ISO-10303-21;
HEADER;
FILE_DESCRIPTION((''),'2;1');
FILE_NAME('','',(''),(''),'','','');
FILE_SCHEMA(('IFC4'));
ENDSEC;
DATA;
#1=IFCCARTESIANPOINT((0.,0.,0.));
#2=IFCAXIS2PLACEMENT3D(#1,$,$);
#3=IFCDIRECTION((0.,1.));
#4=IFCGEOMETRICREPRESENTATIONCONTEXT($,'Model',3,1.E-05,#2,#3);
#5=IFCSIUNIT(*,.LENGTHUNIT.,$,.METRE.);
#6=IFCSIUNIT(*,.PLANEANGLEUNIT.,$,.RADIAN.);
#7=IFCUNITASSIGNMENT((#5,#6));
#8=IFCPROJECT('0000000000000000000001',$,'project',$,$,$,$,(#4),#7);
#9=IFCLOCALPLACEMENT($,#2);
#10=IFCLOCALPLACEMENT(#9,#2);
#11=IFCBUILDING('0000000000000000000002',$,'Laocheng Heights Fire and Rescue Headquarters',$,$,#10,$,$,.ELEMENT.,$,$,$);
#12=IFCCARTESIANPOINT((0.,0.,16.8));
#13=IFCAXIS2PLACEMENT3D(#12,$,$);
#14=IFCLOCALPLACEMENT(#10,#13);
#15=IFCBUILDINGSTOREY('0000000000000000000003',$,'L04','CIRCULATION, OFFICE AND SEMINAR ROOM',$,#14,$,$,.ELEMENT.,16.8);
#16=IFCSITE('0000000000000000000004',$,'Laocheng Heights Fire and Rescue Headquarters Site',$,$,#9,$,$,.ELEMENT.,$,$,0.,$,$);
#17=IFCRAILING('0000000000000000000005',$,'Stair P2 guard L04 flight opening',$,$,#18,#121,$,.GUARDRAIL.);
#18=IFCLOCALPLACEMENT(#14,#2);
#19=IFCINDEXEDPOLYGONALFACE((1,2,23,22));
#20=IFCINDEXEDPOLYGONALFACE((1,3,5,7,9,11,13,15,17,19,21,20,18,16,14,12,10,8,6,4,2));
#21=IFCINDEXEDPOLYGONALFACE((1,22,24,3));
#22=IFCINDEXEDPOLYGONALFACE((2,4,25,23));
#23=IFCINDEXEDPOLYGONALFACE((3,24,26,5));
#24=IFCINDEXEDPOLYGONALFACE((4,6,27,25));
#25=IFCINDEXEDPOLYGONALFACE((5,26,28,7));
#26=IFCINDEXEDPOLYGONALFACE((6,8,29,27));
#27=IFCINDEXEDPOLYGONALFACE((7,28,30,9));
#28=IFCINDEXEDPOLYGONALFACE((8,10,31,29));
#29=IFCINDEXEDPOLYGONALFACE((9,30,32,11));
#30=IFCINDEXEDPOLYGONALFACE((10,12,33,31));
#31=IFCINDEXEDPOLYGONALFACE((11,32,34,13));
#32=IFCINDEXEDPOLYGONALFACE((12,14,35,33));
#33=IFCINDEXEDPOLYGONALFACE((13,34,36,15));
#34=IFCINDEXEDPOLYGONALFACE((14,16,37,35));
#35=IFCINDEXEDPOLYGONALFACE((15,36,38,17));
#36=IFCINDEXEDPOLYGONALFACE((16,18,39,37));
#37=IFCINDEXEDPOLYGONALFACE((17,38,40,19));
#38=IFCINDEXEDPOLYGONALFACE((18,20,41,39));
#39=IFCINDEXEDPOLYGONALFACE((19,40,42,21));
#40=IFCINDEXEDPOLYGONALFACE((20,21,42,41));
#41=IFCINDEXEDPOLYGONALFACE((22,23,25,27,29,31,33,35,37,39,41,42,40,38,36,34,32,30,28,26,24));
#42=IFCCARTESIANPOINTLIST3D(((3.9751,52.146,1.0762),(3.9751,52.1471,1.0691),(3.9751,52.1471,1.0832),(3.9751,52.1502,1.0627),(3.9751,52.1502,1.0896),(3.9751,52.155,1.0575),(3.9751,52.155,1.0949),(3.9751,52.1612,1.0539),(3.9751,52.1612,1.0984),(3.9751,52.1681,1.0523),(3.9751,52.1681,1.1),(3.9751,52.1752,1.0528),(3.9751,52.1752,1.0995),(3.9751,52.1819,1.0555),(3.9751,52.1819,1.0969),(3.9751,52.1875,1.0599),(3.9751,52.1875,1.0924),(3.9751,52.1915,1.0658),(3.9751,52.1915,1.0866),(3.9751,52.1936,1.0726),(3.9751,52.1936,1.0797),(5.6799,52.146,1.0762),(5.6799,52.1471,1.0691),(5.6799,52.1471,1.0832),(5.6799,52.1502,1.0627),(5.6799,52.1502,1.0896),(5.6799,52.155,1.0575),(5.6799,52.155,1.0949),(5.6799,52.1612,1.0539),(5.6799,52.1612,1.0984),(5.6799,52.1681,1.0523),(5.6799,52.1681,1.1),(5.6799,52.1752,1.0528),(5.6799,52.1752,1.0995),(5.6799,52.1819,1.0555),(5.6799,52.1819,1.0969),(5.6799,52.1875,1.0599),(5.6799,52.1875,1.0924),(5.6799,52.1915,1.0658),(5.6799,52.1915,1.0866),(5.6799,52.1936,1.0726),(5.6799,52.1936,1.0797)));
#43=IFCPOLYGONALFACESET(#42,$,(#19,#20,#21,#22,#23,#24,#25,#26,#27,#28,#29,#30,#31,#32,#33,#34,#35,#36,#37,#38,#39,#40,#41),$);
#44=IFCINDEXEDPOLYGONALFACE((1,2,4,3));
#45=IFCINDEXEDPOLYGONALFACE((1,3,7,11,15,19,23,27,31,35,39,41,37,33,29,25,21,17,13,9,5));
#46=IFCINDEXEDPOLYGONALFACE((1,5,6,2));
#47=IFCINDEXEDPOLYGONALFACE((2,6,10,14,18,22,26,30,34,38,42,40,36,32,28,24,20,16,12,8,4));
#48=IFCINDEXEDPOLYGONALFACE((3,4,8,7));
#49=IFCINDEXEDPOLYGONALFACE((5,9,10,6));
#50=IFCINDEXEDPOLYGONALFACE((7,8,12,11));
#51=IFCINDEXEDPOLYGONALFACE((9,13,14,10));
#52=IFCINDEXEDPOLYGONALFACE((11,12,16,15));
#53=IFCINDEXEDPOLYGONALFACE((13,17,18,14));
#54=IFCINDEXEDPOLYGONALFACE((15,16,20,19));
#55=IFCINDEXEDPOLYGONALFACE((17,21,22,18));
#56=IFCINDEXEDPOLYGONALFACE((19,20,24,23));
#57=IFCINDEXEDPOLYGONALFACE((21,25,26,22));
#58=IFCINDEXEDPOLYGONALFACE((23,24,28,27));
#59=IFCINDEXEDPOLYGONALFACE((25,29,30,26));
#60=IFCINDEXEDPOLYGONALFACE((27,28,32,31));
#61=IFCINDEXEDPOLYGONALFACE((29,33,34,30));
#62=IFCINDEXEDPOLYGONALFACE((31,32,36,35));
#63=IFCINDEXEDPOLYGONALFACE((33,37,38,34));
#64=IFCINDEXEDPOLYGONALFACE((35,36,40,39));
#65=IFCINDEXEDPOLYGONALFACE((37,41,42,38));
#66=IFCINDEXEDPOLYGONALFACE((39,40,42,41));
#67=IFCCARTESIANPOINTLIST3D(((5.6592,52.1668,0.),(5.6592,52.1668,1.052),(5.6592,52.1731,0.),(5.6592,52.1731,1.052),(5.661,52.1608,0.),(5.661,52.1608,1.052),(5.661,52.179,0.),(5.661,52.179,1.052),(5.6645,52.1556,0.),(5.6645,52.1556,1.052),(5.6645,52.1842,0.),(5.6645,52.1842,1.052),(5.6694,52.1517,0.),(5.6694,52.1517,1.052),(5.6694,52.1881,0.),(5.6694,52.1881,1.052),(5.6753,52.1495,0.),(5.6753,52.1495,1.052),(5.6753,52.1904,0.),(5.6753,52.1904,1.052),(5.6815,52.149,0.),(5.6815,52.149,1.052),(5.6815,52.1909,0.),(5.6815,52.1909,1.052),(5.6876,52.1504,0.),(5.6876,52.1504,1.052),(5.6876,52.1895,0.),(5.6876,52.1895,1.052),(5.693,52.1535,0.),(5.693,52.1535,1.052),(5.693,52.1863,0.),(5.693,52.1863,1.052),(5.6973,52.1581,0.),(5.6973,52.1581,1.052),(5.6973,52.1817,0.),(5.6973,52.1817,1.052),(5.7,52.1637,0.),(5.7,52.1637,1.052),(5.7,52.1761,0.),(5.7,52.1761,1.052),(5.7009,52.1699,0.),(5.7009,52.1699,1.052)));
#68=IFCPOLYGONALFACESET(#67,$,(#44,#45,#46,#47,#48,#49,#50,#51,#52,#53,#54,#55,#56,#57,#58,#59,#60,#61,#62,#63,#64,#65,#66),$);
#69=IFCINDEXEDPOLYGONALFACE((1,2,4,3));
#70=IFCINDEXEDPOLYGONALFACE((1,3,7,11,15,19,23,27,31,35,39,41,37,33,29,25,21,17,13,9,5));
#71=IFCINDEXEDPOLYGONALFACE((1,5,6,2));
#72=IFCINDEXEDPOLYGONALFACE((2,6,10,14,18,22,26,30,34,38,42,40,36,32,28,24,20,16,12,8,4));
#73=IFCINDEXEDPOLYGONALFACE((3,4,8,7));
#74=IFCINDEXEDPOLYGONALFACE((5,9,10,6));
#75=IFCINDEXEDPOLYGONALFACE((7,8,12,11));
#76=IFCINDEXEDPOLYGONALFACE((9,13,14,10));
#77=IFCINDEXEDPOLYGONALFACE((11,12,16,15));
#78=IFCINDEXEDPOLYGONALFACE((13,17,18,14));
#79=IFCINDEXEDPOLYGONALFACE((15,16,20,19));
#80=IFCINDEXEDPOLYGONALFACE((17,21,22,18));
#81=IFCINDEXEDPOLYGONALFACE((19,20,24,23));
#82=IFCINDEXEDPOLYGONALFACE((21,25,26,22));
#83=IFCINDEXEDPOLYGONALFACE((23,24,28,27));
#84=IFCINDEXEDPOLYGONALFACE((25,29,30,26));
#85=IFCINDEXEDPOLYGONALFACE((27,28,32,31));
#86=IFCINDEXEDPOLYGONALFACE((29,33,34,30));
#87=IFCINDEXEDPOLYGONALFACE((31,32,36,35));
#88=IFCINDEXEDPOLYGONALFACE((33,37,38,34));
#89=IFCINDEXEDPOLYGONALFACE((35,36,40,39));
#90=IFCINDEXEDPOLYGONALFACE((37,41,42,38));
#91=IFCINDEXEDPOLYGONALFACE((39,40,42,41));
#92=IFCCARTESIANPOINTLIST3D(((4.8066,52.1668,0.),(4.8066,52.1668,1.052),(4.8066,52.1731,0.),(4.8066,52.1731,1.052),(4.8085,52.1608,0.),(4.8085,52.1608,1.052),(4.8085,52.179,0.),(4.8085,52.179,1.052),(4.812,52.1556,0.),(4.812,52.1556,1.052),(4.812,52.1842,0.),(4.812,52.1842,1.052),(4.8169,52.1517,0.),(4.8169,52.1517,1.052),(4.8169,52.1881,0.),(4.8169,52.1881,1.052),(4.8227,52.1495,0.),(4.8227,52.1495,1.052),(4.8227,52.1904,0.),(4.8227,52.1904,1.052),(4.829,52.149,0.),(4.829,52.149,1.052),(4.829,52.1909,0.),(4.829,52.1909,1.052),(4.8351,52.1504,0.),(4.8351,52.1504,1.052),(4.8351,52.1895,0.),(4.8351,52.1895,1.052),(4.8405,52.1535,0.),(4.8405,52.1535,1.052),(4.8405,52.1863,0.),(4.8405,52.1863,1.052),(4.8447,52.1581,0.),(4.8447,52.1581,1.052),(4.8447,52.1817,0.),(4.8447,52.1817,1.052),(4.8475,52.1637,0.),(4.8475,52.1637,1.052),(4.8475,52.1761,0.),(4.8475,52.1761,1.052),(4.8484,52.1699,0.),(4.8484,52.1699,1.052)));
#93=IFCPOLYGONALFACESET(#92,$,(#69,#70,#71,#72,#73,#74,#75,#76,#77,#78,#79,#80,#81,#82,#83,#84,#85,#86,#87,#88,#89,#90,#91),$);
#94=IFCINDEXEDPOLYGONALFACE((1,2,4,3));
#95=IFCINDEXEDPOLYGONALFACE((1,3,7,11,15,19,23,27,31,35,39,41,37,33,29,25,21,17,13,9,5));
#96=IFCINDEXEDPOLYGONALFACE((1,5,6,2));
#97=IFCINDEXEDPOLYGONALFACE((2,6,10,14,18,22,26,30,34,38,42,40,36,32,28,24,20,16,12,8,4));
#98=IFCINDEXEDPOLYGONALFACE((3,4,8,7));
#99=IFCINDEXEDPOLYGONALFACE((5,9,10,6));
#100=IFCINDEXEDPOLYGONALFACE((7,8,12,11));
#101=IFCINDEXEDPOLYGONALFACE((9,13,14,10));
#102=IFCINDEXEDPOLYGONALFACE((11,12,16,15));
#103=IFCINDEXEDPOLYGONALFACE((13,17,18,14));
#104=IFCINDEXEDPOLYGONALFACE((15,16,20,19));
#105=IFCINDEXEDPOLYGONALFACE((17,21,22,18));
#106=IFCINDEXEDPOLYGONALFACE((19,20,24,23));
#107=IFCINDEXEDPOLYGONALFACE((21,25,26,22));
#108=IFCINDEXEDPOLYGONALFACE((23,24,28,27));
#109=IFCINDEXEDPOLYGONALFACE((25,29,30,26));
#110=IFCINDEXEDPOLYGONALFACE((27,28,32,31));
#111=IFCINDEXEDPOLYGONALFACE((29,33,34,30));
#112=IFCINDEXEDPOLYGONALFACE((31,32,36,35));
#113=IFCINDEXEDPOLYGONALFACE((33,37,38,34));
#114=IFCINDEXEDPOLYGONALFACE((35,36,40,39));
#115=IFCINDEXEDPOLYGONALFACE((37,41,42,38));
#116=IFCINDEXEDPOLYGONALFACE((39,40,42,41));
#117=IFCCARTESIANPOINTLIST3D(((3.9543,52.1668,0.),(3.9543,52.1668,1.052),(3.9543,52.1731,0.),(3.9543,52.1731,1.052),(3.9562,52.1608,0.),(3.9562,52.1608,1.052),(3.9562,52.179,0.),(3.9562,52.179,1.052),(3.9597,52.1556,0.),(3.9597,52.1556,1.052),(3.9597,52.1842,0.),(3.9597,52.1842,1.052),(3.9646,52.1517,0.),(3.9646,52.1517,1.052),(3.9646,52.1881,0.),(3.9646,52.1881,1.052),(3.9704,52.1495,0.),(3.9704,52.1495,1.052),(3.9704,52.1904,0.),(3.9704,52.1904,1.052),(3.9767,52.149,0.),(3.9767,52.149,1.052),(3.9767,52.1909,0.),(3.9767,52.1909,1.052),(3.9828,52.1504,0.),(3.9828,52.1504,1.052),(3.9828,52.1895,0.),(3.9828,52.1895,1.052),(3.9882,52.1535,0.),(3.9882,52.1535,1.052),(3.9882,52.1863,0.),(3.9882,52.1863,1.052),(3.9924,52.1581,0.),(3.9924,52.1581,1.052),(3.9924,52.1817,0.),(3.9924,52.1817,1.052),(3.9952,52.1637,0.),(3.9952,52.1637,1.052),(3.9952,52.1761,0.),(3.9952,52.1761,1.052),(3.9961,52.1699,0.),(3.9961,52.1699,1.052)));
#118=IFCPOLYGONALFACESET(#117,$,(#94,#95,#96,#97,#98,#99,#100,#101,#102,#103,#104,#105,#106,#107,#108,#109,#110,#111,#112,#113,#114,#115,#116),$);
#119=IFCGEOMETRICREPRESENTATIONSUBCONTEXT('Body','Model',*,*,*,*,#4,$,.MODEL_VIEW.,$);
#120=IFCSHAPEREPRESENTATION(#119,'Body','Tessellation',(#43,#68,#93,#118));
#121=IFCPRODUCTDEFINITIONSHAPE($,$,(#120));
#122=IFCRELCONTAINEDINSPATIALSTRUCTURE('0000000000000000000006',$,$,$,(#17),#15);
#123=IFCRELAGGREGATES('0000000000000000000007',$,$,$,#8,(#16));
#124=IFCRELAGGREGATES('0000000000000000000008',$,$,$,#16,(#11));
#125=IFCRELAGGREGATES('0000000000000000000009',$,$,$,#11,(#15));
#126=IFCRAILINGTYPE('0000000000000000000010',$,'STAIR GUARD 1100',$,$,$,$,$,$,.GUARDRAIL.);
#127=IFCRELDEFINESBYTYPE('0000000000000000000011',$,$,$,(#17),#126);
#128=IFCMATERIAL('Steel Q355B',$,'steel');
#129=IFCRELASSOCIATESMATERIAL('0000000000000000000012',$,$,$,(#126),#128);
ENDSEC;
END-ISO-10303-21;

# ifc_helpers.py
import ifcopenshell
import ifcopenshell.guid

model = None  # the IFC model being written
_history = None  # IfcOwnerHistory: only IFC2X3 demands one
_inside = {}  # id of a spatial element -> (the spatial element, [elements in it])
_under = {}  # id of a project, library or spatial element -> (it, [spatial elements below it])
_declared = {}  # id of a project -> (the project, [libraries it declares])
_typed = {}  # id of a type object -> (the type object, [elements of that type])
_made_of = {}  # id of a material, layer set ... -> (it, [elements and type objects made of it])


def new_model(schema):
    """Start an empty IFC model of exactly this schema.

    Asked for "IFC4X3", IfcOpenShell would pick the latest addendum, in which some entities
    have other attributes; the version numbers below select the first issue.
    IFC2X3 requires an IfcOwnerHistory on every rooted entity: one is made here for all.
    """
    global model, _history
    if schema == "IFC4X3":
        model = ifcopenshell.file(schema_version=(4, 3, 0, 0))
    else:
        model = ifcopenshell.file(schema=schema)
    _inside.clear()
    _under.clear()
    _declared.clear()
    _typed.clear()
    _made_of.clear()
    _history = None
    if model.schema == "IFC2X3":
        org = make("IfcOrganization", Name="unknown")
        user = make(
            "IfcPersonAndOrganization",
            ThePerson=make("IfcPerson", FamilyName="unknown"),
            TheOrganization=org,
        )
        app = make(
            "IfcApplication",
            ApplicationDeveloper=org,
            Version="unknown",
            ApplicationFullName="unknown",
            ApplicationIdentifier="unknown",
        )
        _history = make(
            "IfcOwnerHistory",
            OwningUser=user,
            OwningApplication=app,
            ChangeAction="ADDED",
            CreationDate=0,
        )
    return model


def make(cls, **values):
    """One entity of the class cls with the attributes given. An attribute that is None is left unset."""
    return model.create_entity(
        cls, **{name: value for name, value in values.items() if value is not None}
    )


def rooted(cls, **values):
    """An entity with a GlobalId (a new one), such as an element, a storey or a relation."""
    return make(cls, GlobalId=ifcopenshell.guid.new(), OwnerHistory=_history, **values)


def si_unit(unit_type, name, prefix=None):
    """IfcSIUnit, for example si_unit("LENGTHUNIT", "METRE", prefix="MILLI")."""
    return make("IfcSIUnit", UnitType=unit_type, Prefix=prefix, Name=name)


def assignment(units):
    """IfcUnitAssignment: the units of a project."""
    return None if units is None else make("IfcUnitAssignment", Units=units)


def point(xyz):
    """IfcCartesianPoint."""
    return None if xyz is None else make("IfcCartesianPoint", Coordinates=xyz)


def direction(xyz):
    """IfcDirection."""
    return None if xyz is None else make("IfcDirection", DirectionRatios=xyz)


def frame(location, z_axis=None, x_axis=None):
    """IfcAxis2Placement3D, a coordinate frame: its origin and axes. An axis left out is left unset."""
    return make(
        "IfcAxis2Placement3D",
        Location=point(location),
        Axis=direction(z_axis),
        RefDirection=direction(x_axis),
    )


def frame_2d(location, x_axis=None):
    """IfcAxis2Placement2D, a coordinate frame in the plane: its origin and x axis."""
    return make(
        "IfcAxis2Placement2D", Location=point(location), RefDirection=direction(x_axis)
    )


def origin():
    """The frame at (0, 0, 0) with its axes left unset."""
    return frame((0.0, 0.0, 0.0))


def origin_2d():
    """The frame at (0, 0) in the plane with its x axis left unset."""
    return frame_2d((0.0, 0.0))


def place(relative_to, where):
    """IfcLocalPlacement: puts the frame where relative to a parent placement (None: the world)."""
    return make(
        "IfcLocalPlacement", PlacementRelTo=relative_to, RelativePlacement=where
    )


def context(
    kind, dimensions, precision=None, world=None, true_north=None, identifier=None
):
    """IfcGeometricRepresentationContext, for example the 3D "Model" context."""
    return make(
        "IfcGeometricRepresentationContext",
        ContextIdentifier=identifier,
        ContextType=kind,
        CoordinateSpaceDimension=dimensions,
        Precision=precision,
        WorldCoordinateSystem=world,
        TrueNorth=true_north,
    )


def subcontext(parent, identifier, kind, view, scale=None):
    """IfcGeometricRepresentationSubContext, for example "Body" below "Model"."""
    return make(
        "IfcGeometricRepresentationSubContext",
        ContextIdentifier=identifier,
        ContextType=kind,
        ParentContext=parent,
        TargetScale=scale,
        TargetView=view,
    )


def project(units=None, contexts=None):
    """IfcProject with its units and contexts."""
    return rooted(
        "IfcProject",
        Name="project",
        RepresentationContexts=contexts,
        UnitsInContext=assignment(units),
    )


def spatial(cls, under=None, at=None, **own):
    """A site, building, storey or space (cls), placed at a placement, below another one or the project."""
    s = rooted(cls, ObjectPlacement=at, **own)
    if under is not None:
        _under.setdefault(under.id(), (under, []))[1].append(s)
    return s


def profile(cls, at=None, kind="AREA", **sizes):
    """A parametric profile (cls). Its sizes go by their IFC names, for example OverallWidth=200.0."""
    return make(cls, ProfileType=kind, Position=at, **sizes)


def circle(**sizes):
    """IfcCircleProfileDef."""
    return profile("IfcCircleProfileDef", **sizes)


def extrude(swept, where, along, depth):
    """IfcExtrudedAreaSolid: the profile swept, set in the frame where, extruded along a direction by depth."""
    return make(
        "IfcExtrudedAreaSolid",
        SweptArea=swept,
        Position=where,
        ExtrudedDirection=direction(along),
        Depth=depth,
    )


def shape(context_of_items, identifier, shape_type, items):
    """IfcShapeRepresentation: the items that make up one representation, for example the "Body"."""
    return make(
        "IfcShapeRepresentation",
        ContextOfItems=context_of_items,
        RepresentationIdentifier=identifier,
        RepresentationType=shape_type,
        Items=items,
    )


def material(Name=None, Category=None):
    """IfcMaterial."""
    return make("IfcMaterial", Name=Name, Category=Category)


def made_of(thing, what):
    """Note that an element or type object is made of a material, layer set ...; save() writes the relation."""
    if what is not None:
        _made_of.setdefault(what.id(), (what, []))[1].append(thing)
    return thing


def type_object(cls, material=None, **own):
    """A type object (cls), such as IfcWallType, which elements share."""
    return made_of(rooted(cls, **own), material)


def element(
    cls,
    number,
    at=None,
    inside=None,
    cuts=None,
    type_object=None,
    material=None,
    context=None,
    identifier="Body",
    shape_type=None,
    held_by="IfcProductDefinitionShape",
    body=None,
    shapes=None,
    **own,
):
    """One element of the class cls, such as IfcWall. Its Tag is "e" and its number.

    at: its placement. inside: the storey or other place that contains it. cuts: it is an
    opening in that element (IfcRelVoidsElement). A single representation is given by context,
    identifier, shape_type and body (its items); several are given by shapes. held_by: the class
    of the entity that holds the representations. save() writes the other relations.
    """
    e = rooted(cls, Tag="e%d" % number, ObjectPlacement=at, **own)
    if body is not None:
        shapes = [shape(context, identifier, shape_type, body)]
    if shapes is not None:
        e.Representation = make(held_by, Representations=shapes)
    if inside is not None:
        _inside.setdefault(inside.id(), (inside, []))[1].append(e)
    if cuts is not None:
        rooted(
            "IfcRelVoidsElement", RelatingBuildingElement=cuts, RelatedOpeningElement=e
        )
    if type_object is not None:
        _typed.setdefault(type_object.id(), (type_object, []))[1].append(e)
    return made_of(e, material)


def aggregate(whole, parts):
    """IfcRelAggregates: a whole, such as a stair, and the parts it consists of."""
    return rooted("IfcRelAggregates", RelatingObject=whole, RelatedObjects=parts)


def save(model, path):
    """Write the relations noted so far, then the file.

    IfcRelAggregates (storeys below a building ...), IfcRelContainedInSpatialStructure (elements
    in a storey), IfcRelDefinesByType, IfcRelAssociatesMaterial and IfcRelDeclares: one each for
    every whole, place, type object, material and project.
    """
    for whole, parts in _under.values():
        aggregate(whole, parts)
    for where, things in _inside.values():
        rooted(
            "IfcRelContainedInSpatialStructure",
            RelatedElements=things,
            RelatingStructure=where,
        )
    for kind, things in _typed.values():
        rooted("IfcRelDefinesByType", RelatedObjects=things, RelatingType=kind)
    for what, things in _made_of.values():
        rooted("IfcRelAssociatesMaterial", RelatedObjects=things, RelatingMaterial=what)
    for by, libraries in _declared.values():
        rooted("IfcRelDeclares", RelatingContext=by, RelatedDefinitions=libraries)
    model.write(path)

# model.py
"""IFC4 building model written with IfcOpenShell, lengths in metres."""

from ifc_helpers import new_model, si_unit, direction, frame, origin, origin_2d, place, context, subcontext, project, spatial, circle, extrude, material, type_object, element, save


model = new_model("IFC4")

# Units and contexts
model_context = context("Model", 3, precision=1e-05, world=origin(), true_north=direction((0.0, 1.0)))
body_context = subcontext(model_context, "Body", "Model", "MODEL_VIEW")
ifc_project = project(units=[si_unit("LENGTHUNIT", "METRE"), si_unit("PLANEANGLEUNIT", "RADIAN")], contexts=[model_context])

# Site, building, storey
site_placement = place(None, origin())
site = spatial("IfcSite", under=ifc_project, at=site_placement, Name="Laocheng Heights Fire and Rescue Headquarters Site", CompositionType="ELEMENT", RefElevation=0.0)
building_placement = place(site_placement, origin())
building = spatial("IfcBuilding", under=site, at=building_placement, Name="Laocheng Heights Fire and Rescue Headquarters", CompositionType="ELEMENT")
storey_placement = place(building_placement, frame((0.0, 0.0, 16.8)))
storey = spatial("IfcBuildingStorey", under=building, at=storey_placement, Name="L04", Description="CIRCULATION, OFFICE AND SEMINAR ROOM", CompositionType="ELEMENT", Elevation=16.8)

# Railing
ifc_material_1 = material(Name="Steel Q355B", Category="steel")
railing_type = type_object("IfcRailingType", Name="STAIR GUARD 1100", PredefinedType="GUARDRAIL", material=ifc_material_1)
railing_1_placement = place(storey_placement, frame((5.6799, 52.1699, 0.0)))
element("IfcRailing", 1, at=railing_1_placement, inside=storey, type_object=railing_type, Name="Stair P2 guard L04 flight opening", PredefinedType="GUARDRAIL", context=body_context, shape_type="SweptSolid", body=[
    extrude(circle(Radius=0.0239, at=origin_2d()), frame((0.0, 0.0, 1.0762), z_axis=(-1.0, 0.0, 0.0), x_axis=(0.0, -1.0, 0.0)), (0.0, 0.0, 1.0), 1.7048),
    extrude(circle(Radius=0.021, at=origin_2d()), origin(), (0.0, 0.0, 1.0), 1.052),
    extrude(circle(Radius=0.021, at=origin_2d()), frame((-0.8525, 0.0, 0.0)), (0.0, 0.0, 1.0), 1.052),
    extrude(circle(Radius=0.021, at=origin_2d()), frame((-1.7048, 0.0, 0.0)), (0.0, 0.0, 1.0), 1.052),
])

save(model, "model.ifc")
